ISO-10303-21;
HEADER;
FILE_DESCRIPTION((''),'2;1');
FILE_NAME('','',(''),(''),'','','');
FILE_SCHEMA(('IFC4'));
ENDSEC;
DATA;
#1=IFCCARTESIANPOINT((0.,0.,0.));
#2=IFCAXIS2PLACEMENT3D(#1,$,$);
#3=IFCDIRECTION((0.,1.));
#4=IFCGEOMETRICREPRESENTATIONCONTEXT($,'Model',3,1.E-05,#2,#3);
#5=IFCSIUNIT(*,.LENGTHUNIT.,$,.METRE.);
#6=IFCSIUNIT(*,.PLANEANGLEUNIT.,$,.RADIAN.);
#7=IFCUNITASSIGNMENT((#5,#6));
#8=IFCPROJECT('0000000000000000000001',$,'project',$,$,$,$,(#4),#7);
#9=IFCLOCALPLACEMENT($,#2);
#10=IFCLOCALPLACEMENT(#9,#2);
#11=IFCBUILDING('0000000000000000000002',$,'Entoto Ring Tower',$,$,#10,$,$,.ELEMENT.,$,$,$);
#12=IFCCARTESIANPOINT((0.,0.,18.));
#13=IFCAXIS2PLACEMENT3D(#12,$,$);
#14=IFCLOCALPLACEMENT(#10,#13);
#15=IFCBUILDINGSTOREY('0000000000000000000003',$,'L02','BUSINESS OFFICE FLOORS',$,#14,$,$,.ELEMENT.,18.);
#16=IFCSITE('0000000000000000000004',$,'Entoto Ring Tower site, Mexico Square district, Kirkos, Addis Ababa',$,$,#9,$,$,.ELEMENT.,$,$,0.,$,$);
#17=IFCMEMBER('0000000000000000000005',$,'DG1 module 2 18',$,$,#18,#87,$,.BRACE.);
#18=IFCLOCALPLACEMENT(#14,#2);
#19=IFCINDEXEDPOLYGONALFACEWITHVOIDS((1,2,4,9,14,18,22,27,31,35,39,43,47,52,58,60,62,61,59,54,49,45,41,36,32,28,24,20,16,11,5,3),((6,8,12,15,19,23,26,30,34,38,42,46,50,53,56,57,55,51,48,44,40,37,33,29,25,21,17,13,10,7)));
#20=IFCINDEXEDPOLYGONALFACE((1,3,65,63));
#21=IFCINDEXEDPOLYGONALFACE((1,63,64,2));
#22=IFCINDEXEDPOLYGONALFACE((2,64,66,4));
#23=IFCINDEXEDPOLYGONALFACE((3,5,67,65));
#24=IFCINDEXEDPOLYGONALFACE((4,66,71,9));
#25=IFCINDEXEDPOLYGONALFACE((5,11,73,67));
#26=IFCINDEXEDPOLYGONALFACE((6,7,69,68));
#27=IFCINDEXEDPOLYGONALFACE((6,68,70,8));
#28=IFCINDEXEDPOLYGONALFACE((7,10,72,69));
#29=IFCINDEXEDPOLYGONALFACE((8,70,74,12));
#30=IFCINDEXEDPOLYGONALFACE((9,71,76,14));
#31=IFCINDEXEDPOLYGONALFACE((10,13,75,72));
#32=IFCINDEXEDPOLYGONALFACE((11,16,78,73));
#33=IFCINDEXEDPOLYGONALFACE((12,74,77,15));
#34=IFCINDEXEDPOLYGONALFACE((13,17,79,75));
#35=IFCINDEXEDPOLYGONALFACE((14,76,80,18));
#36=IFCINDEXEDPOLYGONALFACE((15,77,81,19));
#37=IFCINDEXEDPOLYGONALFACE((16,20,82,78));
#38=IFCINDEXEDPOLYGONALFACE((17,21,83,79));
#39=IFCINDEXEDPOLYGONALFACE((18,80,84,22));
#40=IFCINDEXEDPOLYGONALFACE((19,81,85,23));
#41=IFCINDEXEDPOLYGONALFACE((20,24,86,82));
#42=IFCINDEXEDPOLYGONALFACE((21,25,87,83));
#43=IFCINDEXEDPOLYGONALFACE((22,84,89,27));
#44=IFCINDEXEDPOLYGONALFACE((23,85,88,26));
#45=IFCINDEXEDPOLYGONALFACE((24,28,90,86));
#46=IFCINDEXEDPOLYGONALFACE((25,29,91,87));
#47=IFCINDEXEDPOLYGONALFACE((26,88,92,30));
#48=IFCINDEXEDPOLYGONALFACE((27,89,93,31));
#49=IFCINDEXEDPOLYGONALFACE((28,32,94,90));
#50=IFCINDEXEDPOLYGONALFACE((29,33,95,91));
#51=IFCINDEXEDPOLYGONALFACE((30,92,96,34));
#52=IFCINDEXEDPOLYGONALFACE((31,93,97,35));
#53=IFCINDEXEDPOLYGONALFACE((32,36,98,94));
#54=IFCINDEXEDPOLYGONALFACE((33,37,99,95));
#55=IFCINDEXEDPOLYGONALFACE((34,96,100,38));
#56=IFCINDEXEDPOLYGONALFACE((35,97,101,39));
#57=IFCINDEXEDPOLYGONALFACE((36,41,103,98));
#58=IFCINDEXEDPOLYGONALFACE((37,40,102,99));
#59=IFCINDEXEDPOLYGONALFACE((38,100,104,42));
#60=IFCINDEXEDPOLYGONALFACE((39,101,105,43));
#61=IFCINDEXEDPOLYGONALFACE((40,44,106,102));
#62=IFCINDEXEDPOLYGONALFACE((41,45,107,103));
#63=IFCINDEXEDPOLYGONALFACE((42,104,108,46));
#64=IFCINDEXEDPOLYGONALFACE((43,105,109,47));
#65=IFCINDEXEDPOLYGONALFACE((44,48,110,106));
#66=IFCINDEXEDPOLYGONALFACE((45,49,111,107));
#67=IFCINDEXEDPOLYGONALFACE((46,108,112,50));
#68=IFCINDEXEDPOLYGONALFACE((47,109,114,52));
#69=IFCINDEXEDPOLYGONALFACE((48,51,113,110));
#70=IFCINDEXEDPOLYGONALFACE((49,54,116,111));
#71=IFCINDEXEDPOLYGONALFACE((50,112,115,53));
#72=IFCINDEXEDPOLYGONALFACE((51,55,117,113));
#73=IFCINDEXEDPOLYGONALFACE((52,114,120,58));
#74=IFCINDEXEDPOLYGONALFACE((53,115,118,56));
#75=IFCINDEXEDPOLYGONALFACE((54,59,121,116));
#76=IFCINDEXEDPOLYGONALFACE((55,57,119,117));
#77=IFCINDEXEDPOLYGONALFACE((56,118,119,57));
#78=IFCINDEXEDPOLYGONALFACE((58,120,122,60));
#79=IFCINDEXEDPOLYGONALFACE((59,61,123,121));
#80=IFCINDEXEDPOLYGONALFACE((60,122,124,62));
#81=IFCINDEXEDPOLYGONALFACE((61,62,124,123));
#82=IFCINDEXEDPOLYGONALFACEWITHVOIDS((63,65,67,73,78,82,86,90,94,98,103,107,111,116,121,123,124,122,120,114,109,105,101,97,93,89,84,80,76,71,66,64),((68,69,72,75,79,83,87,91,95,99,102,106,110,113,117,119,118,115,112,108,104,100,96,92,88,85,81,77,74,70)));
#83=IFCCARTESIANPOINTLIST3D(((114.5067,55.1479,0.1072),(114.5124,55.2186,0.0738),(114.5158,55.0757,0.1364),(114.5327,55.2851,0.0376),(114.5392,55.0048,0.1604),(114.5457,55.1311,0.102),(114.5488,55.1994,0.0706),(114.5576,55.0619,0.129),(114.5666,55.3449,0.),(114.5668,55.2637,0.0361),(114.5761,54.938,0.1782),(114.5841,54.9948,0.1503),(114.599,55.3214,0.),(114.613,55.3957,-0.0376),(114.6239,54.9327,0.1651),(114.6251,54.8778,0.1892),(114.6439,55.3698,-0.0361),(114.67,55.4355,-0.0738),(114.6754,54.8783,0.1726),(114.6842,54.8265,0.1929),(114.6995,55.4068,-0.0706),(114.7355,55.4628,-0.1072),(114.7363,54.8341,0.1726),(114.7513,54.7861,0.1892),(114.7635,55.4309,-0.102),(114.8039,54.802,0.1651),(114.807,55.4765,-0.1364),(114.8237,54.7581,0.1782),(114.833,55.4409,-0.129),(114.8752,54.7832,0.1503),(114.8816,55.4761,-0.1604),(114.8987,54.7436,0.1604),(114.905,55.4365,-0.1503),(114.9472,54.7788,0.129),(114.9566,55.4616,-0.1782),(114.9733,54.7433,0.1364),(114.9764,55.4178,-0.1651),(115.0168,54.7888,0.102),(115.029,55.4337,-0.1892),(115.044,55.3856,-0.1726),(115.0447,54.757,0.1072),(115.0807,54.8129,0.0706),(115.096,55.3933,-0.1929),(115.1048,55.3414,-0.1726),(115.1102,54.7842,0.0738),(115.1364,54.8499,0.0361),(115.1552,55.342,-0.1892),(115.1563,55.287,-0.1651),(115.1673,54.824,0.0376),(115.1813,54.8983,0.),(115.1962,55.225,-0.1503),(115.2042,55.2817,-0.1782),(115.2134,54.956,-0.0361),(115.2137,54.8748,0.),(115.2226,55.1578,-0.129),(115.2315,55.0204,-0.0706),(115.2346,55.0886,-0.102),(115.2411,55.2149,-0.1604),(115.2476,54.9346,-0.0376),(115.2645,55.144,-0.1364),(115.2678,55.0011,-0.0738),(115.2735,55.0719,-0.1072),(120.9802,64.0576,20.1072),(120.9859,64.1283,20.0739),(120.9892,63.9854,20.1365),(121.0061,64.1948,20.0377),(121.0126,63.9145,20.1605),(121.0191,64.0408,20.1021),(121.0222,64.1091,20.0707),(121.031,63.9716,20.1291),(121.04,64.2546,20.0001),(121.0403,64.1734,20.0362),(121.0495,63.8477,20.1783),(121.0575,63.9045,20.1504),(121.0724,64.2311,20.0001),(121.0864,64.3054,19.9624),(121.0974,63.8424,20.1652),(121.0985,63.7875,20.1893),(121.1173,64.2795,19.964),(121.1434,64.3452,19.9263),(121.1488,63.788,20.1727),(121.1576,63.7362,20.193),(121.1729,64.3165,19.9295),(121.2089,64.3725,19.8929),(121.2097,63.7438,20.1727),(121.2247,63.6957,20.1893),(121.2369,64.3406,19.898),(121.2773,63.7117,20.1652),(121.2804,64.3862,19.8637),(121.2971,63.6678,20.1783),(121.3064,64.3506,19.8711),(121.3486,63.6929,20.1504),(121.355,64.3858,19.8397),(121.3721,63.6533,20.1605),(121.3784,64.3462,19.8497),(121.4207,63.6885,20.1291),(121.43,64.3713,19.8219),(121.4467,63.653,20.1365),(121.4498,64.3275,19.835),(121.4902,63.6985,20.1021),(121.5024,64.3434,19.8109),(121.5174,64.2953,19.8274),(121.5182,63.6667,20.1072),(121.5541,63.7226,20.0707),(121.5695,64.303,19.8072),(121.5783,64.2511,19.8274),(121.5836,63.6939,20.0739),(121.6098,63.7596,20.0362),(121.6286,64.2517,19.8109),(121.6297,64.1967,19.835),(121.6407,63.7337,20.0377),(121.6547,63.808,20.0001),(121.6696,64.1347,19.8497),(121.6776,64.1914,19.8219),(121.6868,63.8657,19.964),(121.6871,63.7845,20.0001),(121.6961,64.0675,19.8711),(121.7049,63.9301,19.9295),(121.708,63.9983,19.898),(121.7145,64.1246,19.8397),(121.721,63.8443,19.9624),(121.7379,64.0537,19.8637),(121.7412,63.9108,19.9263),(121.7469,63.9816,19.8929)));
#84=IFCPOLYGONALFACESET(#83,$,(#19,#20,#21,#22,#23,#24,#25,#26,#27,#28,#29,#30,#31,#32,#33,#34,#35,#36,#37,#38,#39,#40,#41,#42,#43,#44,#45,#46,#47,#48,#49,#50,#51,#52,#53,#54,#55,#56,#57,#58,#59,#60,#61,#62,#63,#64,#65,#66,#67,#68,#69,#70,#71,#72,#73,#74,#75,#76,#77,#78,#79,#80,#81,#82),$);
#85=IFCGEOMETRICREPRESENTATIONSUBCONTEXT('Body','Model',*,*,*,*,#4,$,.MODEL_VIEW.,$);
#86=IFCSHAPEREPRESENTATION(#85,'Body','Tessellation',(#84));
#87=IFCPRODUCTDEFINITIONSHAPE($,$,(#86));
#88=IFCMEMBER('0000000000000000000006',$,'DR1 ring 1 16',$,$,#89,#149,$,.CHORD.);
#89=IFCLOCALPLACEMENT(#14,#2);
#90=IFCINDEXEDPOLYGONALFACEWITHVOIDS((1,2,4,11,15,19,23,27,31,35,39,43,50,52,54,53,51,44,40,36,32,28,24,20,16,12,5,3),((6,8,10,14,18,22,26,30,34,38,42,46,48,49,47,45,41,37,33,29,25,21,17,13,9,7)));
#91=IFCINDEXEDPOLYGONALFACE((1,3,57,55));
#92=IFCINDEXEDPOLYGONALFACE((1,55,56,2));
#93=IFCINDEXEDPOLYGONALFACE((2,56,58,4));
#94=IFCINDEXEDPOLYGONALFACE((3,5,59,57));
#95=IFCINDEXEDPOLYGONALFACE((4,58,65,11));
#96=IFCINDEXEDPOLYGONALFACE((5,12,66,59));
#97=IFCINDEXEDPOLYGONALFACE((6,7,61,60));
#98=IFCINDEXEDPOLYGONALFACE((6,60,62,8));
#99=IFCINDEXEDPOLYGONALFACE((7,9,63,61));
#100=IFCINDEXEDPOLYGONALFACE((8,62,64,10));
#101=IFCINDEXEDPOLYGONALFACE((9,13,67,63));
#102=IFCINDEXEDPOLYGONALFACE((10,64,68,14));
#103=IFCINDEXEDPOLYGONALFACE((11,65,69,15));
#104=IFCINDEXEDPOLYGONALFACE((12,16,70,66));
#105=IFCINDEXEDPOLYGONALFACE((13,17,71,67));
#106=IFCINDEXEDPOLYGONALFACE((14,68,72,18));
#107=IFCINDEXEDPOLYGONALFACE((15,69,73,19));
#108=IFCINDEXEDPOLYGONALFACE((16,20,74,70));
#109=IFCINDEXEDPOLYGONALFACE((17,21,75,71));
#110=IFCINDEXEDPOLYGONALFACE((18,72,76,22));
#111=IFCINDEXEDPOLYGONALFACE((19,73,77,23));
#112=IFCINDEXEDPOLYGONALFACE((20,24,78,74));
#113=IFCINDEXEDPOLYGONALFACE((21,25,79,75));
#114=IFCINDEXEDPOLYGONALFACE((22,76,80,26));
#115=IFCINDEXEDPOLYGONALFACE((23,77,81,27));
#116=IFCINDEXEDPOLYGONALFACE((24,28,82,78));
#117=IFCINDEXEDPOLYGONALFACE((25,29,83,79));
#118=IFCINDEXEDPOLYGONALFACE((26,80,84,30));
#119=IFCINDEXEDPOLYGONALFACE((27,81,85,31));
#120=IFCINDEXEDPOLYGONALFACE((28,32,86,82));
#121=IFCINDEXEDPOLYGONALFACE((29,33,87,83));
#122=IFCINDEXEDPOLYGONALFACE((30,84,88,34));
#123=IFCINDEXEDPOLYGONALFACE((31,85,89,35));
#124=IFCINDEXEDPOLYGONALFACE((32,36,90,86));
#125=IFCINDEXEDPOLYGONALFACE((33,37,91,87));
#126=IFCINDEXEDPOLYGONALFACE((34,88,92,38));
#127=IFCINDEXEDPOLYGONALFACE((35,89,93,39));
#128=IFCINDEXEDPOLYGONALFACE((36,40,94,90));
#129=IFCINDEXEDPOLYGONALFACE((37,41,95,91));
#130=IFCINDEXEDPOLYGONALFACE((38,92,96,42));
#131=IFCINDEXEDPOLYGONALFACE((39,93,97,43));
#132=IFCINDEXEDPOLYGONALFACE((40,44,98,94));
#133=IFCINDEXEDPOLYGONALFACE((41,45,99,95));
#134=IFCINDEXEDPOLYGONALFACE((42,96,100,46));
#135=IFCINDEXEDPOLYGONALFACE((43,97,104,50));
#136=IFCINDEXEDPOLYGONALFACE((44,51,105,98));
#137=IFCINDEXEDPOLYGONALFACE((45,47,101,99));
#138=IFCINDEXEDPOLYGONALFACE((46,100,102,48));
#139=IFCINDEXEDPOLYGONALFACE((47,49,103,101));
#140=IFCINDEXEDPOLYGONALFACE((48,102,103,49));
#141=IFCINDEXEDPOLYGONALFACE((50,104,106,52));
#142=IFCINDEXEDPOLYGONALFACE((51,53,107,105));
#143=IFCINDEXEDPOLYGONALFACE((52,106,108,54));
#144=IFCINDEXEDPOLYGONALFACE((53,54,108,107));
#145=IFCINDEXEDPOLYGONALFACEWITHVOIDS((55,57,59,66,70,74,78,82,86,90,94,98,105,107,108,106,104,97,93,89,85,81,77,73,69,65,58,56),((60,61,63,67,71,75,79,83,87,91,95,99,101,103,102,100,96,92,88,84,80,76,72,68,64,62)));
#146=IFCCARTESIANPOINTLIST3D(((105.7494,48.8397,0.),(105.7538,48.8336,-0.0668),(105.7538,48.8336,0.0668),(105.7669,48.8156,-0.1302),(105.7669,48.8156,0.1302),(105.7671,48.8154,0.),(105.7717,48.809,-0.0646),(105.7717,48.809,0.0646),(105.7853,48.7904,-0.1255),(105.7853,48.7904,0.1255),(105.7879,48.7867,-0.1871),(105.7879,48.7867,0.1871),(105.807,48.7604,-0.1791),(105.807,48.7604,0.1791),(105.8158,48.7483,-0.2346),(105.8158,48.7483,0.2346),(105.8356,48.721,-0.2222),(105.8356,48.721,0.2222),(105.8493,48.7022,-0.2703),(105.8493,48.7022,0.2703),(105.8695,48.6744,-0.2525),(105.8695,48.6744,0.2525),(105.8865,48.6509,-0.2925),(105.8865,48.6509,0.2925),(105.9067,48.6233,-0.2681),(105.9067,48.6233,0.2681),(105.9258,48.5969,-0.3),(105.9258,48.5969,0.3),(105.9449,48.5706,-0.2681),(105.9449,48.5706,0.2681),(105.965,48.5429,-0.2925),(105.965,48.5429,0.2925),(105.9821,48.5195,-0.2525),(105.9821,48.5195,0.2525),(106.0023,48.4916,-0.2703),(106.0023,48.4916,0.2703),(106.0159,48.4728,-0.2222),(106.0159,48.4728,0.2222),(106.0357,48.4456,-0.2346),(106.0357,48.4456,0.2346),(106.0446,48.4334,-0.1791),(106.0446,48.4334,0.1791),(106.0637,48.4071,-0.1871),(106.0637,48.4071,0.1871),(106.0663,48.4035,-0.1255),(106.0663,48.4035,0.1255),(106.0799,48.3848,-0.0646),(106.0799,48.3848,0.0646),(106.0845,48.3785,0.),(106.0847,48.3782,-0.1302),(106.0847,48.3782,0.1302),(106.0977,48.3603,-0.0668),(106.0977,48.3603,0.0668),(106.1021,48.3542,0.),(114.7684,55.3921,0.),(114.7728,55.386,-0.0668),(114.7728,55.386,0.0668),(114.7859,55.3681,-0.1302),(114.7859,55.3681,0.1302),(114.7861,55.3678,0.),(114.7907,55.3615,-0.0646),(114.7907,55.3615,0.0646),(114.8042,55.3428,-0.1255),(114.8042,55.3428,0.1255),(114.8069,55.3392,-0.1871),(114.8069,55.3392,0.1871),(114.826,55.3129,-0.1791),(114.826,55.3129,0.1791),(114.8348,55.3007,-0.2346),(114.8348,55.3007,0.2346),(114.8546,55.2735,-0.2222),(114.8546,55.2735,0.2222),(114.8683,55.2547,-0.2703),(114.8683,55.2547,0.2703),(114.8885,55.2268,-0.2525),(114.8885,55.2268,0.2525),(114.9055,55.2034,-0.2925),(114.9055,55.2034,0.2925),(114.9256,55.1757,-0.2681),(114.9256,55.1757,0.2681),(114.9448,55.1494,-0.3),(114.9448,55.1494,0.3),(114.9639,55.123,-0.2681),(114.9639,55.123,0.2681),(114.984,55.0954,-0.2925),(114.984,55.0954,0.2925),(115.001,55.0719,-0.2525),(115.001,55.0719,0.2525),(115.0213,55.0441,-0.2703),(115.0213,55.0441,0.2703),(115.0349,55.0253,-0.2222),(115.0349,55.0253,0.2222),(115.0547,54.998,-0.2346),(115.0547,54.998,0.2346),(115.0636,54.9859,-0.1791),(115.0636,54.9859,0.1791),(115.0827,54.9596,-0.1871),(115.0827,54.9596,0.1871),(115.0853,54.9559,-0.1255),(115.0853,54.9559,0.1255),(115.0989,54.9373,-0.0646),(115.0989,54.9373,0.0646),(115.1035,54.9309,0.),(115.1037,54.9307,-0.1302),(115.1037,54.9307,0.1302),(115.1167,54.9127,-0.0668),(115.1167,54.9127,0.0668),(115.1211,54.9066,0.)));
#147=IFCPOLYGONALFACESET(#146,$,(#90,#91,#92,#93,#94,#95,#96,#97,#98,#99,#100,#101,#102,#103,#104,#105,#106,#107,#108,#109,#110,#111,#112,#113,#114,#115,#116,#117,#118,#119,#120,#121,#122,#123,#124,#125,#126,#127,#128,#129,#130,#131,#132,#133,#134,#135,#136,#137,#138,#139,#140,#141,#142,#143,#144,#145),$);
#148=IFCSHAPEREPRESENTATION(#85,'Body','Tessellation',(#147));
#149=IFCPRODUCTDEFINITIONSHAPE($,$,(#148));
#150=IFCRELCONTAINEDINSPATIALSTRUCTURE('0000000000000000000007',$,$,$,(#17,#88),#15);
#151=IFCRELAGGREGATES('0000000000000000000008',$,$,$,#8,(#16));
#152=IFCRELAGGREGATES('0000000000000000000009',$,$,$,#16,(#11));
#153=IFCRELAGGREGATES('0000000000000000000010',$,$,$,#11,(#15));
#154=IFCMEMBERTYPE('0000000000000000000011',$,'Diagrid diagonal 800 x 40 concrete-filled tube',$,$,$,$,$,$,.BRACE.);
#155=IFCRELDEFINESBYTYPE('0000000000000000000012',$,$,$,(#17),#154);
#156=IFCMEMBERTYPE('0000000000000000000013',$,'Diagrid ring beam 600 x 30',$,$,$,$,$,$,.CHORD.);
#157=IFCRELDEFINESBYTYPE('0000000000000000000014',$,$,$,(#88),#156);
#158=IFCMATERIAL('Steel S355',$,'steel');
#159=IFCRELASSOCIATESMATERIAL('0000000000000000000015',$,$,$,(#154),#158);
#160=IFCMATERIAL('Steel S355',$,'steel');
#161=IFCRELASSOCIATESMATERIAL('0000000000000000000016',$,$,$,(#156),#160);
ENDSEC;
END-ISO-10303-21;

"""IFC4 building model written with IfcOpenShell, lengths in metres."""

from ifc_helpers import new_model, si_unit, direction, frame, origin, origin_2d, place, context, subcontext, project, spatial, circle, hollow_circle, extrude, material, material_profile, profile_set, type_object, element, save


model = new_model("IFC4")

# Units and contexts
model_context = context("Model", 3, precision=1e-05, world=origin(), true_north=direction((0.0, 1.0)))
body_context = subcontext(model_context, "Body", "Model", "MODEL_VIEW")
ifc_project = project(units=[si_unit("LENGTHUNIT", "METRE"), si_unit("PLANEANGLEUNIT", "RADIAN")], contexts=[model_context])

# Site, building, storey
site_placement = place(None, origin())
site = spatial("IfcSite", under=ifc_project, at=site_placement, Name="Entoto Ring Tower site, Mexico Square district, Kirkos, Addis Ababa", CompositionType="ELEMENT", RefElevation=0.0)
building_placement = place(site_placement, origin())
building = spatial("IfcBuilding", under=site, at=building_placement, Name="Entoto Ring Tower", CompositionType="ELEMENT")
storey_placement = place(building_placement, frame((0.0, 0.0, 18.0)))
storey = spatial("IfcBuildingStorey", under=building, at=storey_placement, Name="L02", Description="BUSINESS OFFICE FLOORS", CompositionType="ELEMENT", Elevation=18.0)

# Members
ifc_material_1 = material(Name="Steel S355", Category="steel")
ifc_material_profile_1 = material_profile(ifc_material_1, hollow_circle(Radius=0.3999, WallThickness=0.04, at=origin_2d()), Name="CHS 800 x 40")
ifc_material_2 = material(Name="Concrete C60/75", Category="concrete")
ifc_material_profile_2 = material_profile(ifc_material_2, circle(Radius=0.3601, at=origin_2d()), Name="Concrete C60/75 infill")
ifc_profile_set_1 = profile_set([ifc_material_profile_1, ifc_material_profile_2], Name="Steel S355")
member_type_1 = type_object("IfcMemberType", Name="Diagrid diagonal 800 x 40 concrete-filled tube", PredefinedType="BRACE", material=ifc_profile_set_1)
for number, where, z_axis, x_axis, name in (
    (1, (114.8901, 55.1099, 0.0), (0.283526, 0.390232, 0.875975), (-0.809011, 0.587793, 0.0), "DG1 module 2 18"),
):
    element("IfcMember", number, at=place(storey_placement, frame(where, z_axis=z_axis, x_axis=x_axis)), inside=storey, type_object=member_type_1, Name=name, PredefinedType="BRACE", context=body_context, shape_type="SweptSolid", body=[
        extrude(hollow_circle(Radius=0.3999, WallThickness=0.04, at=origin_2d()), origin(), (0.0, 0.0, 1.0), 22.8318),
    ])
ifc_material_3 = material(Name="Steel S355", Category="steel")
ifc_material_profile_3 = material_profile(ifc_material_3, hollow_circle(Radius=0.3, WallThickness=0.03, at=origin_2d()), Name="CHS 600 x 30")
ifc_material_4 = material(Name="Concrete C60/75", Category="concrete")
ifc_material_profile_4 = material_profile(ifc_material_4, circle(Radius=0.27, at=origin_2d()), Name="Concrete C60/75 infill")
ifc_profile_set_2 = profile_set([ifc_material_profile_3, ifc_material_profile_4], Name="Steel S355")
member_type_2 = type_object("IfcMemberType", Name="Diagrid ring beam 600 x 30", PredefinedType="CHORD", material=ifc_profile_set_2)
for number, where, z_axis, x_axis, name in (
    (2, (105.9258, 48.5969, 0.0), (0.809027, 0.587772, 0.0), (-0.587772, 0.809027, 0.0), "DR1 ring 1 16"),
):
    element("IfcMember", number, at=place(storey_placement, frame(where, z_axis=z_axis, x_axis=x_axis)), inside=storey, type_object=member_type_2, Name=name, PredefinedType="CHORD", context=body_context, shape_type="SweptSolid", body=[
        extrude(hollow_circle(Radius=0.3, WallThickness=0.03, at=origin_2d()), origin(), (0.0, 0.0, 1.0), 11.1479),
    ])

save(model, "model.ifc")
